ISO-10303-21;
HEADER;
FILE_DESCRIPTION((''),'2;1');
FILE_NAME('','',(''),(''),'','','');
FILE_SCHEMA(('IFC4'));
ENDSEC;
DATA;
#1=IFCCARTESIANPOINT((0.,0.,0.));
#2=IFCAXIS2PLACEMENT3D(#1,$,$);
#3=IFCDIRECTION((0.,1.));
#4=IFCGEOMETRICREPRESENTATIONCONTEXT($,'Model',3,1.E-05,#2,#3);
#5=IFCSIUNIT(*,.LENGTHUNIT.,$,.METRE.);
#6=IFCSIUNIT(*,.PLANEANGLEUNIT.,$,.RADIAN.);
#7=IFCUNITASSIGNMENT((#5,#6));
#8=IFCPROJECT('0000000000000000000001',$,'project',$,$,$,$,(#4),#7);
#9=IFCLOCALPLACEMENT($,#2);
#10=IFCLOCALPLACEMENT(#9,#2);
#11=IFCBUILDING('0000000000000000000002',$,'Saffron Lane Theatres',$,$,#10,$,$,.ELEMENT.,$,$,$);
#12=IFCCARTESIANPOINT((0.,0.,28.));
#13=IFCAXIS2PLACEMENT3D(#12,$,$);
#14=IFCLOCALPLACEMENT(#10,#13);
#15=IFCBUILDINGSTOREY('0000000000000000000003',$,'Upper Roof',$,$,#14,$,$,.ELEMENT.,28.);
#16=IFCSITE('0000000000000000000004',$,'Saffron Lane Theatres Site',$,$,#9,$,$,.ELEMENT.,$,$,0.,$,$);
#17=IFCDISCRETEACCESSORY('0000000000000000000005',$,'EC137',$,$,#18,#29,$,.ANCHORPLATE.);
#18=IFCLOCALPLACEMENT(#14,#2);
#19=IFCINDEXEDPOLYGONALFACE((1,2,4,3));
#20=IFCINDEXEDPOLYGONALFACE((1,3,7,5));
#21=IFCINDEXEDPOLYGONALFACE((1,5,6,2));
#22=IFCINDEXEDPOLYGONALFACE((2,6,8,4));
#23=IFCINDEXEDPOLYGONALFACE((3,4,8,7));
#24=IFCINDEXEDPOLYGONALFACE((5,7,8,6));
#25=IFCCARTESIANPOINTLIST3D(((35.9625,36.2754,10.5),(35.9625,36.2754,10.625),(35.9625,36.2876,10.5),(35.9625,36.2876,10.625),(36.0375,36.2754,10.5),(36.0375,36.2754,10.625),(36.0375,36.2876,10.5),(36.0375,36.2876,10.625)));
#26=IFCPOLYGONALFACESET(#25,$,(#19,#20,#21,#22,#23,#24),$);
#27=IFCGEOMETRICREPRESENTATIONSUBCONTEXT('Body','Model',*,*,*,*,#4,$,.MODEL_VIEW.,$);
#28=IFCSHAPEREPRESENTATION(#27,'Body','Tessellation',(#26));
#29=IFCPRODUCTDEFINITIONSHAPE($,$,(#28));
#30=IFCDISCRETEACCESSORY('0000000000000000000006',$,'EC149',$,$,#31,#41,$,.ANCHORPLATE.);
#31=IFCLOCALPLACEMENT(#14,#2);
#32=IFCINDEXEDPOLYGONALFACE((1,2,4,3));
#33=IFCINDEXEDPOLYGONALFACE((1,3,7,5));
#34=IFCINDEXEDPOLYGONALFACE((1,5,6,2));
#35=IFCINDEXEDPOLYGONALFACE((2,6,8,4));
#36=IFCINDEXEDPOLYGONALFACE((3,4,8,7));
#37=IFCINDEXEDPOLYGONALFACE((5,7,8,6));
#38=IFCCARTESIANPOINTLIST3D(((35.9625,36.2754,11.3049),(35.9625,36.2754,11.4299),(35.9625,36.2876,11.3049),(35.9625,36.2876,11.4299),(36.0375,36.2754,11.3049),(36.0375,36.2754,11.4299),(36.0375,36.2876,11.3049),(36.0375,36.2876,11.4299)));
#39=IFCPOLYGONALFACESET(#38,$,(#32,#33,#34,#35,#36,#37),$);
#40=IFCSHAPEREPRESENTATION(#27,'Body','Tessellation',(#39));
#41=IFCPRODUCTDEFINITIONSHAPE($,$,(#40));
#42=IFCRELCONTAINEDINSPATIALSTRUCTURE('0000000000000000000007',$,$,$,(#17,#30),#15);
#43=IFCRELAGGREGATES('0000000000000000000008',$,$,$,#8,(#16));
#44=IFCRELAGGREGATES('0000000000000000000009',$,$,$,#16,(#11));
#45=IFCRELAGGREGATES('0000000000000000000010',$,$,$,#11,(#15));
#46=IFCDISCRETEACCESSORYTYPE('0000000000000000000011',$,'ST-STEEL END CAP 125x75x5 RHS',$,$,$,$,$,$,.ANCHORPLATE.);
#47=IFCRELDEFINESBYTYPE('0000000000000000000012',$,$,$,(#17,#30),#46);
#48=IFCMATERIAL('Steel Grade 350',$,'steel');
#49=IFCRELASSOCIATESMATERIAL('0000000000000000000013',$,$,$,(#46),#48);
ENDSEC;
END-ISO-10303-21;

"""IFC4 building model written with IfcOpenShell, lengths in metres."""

from ifc_helpers import new_model, si_unit, direction, frame, origin, origin_2d, place, context, subcontext, project, spatial, rectangle, extrude, material, material_profile, profile_set, type_object, element, save


model = new_model("IFC4")

# Units and contexts
model_context = context("Model", 3, precision=1e-05, world=origin(), true_north=direction((0.0, 1.0)))
body_context = subcontext(model_context, "Body", "Model", "MODEL_VIEW")
ifc_project = project(units=[si_unit("LENGTHUNIT", "METRE"), si_unit("PLANEANGLEUNIT", "RADIAN")], contexts=[model_context])

# Site, building, storey
site_placement = place(None, origin())
site = spatial("IfcSite", under=ifc_project, at=site_placement, Name="Saffron Lane Theatres Site", CompositionType="ELEMENT", RefElevation=0.0)
building_placement = place(site_placement, origin())
building = spatial("IfcBuilding", under=site, at=building_placement, Name="Saffron Lane Theatres", CompositionType="ELEMENT")
storey_placement = place(building_placement, frame((0.0, 0.0, 28.0)))
storey = spatial("IfcBuildingStorey", under=building, at=storey_placement, Name="Upper Roof", CompositionType="ELEMENT", Elevation=28.0)

# Discrete accessories
ifc_material_1 = material(Name="Steel Grade 350", Category="steel")
ifc_material_profile_1 = material_profile(ifc_material_1, rectangle(XDim=0.075, YDim=0.125, at=origin_2d()))
ifc_profile_set_1 = profile_set([ifc_material_profile_1], Name="Steel Grade 350")
discrete_accessory_type_1 = type_object("IfcDiscreteAccessoryType", Name="ST-STEEL END CAP 125x75x5 RHS", PredefinedType="ANCHORPLATE", material=ifc_profile_set_1)
for number, where, z_axis, x_axis, name in (
    (1, (36.0, 36.2754, 10.5625), (0.0, 1.0, 0.0), (-1.0, 0.0, 0.0), "EC137"),
    (2, (36.0, 36.2754, 11.3674), (0.0, 1.0, 0.0), (-1.0, 0.0, 0.0), "EC149"),
):
    element("IfcDiscreteAccessory", number, at=place(storey_placement, frame(where, z_axis=z_axis, x_axis=x_axis)), inside=storey, type_object=discrete_accessory_type_1, Name=name, PredefinedType="ANCHORPLATE", context=body_context, shape_type="SweptSolid", body=[
        extrude(rectangle(XDim=0.075, YDim=0.125, at=origin_2d()), origin(), (0.0, 0.0, 1.0), 0.0122),
    ])

save(model, "model.ifc")
